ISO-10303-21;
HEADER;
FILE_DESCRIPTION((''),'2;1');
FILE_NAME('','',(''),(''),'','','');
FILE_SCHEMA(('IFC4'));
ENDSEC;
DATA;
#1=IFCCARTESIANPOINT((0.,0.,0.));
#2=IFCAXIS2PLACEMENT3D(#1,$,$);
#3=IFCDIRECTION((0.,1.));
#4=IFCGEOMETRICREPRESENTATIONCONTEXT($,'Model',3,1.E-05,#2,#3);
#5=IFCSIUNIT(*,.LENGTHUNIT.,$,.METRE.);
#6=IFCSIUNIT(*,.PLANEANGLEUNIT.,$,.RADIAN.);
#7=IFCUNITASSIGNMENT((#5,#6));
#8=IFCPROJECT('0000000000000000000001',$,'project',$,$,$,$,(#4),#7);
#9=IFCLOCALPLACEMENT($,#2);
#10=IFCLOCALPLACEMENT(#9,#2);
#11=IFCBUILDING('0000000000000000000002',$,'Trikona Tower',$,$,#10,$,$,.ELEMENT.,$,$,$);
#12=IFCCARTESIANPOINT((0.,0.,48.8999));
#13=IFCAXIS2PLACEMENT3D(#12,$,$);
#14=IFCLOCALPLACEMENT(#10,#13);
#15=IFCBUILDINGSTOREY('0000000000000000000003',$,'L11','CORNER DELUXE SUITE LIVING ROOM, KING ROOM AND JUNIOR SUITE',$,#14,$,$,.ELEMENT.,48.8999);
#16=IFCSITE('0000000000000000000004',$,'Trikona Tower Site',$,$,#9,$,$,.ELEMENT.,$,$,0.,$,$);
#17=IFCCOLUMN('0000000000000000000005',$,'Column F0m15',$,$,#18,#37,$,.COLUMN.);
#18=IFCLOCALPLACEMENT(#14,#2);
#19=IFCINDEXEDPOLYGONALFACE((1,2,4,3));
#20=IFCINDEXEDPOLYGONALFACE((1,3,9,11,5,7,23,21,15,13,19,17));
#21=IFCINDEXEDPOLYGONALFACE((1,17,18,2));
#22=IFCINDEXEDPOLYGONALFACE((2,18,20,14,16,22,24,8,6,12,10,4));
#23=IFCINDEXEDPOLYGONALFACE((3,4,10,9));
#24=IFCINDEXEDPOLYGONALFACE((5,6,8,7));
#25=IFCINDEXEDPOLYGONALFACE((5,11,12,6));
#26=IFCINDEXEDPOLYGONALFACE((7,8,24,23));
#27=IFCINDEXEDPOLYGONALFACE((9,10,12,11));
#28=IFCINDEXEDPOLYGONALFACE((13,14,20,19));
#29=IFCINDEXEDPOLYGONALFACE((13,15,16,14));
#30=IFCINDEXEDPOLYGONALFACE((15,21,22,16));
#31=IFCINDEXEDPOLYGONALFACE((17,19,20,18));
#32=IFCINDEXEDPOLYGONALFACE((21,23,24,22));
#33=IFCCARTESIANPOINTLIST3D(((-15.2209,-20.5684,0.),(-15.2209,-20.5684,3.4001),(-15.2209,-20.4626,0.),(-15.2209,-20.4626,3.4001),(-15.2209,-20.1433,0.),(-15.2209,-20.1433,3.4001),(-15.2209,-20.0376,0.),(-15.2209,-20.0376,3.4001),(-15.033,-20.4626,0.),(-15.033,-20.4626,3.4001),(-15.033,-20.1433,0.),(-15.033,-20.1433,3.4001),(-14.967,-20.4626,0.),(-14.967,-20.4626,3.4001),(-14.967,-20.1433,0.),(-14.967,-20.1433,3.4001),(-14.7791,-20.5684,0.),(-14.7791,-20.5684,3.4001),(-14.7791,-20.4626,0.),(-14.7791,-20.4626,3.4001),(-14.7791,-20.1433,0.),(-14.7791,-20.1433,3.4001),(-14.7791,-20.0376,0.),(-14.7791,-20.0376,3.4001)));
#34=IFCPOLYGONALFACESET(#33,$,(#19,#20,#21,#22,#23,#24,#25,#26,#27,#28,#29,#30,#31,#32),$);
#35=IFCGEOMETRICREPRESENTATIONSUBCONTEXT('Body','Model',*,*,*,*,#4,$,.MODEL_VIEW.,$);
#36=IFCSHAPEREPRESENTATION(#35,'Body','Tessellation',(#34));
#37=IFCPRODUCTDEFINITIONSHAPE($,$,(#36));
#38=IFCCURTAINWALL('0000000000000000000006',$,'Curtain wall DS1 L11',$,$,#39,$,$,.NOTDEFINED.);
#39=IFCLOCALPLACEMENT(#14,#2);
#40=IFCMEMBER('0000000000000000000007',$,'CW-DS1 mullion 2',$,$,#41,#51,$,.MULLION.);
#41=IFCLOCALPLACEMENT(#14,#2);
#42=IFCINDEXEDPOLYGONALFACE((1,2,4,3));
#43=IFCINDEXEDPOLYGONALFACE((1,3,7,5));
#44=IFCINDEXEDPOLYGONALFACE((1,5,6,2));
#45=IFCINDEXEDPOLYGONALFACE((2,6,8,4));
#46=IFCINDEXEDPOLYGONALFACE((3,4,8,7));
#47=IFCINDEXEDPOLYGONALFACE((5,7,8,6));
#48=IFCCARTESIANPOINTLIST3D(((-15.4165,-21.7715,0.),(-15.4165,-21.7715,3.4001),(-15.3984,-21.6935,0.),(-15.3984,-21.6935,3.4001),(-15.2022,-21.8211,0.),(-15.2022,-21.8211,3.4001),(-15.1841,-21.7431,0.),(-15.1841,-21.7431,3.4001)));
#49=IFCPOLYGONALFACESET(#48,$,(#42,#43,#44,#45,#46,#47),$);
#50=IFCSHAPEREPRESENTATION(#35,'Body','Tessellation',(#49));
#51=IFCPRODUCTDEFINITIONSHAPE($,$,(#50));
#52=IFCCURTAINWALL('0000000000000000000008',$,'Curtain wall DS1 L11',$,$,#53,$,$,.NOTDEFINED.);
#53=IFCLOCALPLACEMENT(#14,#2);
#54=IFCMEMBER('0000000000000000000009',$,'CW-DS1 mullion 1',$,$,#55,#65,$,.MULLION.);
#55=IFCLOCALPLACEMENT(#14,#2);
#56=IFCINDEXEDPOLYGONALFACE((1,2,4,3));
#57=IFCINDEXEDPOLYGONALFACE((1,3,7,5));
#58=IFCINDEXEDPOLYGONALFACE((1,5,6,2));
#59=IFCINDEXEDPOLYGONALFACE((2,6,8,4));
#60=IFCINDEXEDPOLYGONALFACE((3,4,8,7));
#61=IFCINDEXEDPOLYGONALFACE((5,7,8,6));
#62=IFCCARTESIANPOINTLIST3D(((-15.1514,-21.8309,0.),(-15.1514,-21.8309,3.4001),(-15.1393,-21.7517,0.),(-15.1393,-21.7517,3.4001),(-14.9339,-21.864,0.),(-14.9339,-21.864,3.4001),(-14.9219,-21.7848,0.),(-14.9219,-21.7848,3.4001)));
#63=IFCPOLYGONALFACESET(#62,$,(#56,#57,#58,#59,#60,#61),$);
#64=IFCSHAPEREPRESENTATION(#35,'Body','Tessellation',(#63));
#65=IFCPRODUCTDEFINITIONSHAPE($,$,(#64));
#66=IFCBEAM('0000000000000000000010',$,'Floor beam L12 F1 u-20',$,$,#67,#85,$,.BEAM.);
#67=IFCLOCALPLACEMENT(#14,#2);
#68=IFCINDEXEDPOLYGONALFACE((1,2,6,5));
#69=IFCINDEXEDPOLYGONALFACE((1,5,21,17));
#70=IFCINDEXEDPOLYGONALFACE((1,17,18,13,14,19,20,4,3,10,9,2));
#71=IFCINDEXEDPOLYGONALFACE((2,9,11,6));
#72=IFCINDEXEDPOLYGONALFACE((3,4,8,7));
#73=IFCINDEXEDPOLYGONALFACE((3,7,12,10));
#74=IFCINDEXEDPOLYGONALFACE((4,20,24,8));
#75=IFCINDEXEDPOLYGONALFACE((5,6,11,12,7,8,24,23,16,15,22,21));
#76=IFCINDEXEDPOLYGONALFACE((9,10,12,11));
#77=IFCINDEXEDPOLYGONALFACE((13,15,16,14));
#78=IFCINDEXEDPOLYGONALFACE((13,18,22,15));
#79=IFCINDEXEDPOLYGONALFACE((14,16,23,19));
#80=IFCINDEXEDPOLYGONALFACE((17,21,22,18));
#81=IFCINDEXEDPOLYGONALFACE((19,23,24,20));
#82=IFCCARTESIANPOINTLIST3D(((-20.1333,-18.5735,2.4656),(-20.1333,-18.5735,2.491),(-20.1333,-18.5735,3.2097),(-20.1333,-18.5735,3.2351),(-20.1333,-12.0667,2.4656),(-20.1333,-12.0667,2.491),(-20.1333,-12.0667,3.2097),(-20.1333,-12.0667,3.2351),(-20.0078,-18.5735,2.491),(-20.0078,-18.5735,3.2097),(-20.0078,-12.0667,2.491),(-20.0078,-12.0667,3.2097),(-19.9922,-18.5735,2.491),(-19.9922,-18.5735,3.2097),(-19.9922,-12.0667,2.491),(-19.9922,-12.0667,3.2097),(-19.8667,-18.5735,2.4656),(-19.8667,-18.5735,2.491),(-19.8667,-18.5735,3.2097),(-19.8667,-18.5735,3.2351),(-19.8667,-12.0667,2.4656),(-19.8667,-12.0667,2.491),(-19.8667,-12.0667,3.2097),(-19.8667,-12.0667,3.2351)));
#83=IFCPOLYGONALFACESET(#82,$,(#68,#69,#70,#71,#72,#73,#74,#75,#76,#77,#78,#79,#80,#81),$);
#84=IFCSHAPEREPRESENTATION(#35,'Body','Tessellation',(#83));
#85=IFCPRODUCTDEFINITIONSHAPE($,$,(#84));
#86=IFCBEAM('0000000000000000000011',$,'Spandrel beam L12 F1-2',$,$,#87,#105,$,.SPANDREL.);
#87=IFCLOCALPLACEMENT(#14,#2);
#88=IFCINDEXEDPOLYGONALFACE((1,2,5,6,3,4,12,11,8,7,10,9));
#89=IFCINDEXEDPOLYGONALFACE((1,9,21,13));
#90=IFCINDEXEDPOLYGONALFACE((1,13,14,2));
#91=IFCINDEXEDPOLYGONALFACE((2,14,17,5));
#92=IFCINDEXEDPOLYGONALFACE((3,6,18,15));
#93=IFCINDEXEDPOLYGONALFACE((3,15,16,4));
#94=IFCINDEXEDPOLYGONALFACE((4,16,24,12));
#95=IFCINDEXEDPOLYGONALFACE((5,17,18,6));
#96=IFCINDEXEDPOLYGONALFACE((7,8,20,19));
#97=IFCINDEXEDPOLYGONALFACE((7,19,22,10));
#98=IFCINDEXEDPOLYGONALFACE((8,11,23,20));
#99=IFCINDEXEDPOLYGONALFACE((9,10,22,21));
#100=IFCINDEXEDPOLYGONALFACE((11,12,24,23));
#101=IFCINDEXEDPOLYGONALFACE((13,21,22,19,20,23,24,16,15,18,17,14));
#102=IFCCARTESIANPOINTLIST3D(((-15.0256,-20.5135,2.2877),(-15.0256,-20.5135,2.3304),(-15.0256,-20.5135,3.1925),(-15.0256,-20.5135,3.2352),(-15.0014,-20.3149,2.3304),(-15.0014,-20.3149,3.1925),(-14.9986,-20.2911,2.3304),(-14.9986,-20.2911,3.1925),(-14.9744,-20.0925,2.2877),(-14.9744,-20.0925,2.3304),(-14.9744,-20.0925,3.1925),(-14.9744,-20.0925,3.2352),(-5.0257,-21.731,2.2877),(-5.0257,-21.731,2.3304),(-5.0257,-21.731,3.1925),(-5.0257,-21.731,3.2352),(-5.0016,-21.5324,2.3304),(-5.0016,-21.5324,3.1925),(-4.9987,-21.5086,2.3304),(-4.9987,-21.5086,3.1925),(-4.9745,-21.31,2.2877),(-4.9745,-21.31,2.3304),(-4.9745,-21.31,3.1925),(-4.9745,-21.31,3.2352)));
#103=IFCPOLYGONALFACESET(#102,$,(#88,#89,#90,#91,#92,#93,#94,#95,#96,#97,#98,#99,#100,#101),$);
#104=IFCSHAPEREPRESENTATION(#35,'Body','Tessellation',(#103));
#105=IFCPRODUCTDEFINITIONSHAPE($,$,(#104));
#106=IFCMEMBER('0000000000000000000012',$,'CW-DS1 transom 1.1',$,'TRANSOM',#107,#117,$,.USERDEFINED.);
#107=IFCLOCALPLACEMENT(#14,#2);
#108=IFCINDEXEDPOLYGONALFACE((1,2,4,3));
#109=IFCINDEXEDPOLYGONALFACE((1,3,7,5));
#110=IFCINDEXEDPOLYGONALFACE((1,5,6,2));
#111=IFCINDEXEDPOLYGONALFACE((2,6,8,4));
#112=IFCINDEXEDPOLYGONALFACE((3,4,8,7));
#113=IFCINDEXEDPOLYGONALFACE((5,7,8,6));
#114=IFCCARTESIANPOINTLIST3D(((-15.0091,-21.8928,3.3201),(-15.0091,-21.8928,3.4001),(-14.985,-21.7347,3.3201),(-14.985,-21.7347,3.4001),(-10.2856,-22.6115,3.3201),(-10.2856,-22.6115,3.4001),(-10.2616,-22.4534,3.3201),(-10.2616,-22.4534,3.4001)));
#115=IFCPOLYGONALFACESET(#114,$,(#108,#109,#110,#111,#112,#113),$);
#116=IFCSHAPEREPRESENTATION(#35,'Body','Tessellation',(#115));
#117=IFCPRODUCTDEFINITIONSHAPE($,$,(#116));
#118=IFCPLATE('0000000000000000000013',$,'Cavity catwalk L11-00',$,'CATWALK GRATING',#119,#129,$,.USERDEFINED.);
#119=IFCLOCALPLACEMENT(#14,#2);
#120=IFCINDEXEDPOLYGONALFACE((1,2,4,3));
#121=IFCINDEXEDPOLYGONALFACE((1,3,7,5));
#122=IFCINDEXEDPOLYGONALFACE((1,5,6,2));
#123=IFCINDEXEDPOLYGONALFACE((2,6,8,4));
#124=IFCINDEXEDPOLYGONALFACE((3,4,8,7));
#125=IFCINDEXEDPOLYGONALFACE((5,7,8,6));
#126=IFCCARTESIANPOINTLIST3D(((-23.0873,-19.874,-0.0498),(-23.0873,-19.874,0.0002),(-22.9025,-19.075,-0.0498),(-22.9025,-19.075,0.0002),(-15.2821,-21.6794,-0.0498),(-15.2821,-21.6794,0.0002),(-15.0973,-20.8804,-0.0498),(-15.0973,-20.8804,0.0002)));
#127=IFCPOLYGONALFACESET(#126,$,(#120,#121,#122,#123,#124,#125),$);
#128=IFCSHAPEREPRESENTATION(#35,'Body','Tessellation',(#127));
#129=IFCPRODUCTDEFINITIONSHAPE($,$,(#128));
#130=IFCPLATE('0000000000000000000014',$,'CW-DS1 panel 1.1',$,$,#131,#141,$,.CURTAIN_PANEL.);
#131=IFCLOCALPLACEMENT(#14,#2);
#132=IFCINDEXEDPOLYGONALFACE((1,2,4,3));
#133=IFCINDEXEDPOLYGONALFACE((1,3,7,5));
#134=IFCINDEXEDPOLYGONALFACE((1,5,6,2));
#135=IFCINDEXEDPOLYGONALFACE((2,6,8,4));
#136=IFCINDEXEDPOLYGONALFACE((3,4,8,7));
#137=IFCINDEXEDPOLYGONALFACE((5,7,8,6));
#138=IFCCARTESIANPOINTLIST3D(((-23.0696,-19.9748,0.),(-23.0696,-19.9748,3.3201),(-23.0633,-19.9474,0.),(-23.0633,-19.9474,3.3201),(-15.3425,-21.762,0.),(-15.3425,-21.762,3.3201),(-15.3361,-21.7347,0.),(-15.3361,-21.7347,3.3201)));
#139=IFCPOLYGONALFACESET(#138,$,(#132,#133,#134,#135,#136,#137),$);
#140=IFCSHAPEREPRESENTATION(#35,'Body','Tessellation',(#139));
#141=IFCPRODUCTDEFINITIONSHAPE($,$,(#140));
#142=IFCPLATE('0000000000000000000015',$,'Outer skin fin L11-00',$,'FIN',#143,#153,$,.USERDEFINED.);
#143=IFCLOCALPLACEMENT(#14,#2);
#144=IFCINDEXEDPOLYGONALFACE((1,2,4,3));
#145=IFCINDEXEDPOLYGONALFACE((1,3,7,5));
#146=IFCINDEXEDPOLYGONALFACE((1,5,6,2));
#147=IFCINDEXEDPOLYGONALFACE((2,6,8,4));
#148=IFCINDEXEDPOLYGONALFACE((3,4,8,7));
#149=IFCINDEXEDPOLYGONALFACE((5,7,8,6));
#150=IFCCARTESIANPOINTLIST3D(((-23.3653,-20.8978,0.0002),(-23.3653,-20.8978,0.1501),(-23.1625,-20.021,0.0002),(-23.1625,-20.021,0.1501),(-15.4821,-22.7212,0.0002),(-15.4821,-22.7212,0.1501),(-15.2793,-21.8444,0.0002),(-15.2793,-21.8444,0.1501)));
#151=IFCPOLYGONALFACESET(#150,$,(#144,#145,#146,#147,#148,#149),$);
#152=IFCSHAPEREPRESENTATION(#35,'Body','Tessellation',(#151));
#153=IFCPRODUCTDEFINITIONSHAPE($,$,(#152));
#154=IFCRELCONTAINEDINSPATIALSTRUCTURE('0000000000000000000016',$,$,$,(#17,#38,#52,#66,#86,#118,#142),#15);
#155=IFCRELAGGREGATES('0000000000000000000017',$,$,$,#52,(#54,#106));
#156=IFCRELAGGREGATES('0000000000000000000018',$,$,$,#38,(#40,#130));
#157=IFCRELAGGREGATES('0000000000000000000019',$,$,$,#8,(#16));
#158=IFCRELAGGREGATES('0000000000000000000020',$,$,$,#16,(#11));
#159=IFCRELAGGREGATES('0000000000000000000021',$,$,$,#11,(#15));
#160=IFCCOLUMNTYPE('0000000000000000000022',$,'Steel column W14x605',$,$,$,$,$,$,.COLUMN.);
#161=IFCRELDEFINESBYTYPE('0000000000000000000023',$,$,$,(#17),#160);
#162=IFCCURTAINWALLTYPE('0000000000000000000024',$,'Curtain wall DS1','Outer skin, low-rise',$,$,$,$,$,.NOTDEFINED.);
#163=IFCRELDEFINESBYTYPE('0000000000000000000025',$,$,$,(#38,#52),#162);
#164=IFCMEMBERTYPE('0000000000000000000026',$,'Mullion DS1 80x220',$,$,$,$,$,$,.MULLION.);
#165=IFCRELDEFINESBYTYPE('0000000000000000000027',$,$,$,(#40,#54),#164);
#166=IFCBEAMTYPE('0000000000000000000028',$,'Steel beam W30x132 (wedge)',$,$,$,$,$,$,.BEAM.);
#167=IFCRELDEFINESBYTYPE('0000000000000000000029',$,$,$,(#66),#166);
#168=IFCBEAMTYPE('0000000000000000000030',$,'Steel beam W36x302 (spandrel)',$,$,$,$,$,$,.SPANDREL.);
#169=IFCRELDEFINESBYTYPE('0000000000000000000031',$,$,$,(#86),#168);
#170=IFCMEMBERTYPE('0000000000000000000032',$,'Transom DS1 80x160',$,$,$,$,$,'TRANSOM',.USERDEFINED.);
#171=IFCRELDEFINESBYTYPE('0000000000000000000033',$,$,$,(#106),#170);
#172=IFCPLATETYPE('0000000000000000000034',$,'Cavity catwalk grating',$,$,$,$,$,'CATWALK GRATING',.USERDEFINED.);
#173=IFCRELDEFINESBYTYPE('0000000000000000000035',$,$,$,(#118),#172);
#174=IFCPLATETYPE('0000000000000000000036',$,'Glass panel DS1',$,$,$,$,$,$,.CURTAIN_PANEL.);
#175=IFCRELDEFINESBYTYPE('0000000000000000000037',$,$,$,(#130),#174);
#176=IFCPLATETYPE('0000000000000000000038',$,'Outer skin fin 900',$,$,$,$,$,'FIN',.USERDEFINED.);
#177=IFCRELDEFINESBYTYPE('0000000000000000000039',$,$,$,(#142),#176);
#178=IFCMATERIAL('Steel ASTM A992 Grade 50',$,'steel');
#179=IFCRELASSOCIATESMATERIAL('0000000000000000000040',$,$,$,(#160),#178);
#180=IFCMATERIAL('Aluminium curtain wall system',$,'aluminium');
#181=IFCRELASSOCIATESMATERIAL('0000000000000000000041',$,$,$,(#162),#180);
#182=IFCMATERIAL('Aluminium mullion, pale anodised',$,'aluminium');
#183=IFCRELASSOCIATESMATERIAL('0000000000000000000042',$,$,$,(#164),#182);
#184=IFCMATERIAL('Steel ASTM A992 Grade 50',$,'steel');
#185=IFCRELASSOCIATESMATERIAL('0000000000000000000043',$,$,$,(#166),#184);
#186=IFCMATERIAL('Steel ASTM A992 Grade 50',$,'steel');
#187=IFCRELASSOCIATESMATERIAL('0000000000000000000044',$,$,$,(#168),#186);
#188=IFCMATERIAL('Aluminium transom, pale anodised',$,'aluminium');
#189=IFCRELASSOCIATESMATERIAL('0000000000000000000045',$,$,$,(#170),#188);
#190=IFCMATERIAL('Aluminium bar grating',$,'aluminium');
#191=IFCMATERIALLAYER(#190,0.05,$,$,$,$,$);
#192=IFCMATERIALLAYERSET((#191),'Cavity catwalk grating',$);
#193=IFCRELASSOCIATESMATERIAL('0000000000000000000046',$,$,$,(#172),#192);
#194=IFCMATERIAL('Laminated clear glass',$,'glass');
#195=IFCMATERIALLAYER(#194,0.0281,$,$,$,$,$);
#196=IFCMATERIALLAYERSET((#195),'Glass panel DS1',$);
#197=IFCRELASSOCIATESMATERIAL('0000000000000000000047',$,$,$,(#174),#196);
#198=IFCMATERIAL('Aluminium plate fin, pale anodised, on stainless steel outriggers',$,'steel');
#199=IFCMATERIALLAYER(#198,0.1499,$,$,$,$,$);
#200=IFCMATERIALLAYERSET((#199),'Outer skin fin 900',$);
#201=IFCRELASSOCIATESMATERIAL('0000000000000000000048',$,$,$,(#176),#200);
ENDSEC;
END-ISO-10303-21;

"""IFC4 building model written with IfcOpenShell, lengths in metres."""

from ifc_helpers import new_model, si_unit, direction, frame, origin, origin_2d, place, context, subcontext, project, spatial, rectangle, i_section, extrude, material, layer, layer_set, material_profile, profile_set, type_object, element, aggregate, save


model = new_model("IFC4")

# Units and contexts
model_context = context("Model", 3, precision=1e-05, world=origin(), true_north=direction((0.0, 1.0)))
body_context = subcontext(model_context, "Body", "Model", "MODEL_VIEW")
ifc_project = project(units=[si_unit("LENGTHUNIT", "METRE"), si_unit("PLANEANGLEUNIT", "RADIAN")], contexts=[model_context])

# Site, building, storey
site_placement = place(None, origin())
site = spatial("IfcSite", under=ifc_project, at=site_placement, Name="Trikona Tower Site", CompositionType="ELEMENT", RefElevation=0.0)
building_placement = place(site_placement, origin())
building = spatial("IfcBuilding", under=site, at=building_placement, Name="Trikona Tower", CompositionType="ELEMENT")
storey_placement = place(building_placement, frame((0.0, 0.0, 48.8999)))
storey = spatial("IfcBuildingStorey", under=building, at=storey_placement, Name="L11", Description="CORNER DELUXE SUITE LIVING ROOM, KING ROOM AND JUNIOR SUITE", CompositionType="ELEMENT", Elevation=48.8999)

# Column
ifc_material_1 = material(Name="Steel ASTM A992 Grade 50", Category="steel")
ifc_material_profile_1 = material_profile(ifc_material_1, i_section(OverallWidth=0.4419, OverallDepth=0.5308, WebThickness=0.0659, FlangeThickness=0.1057, at=origin_2d()), Name="W14X605")
ifc_profile_set_1 = profile_set([ifc_material_profile_1], Name="Steel ASTM A992 Grade 50")
column_type = type_object("IfcColumnType", Name="Steel column W14x605", PredefinedType="COLUMN", material=ifc_profile_set_1)
column_placement = place(storey_placement, frame((-15.0, -20.303, 0.0), z_axis=(0.0, 0.0, 1.0), x_axis=(1.0, 0.0, 0.0)))
element("IfcColumn", 1, at=column_placement, inside=storey, type_object=column_type, Name="Column F0m15", PredefinedType="COLUMN", context=body_context, shape_type="SweptSolid", body=[
    extrude(i_section(OverallWidth=0.4419, OverallDepth=0.5308, WebThickness=0.0659, FlangeThickness=0.1057, at=origin_2d()), origin(), (0.0, 0.0, 1.0), 3.4001),
])

# Curtain walls, members
ifc_material_2 = material(Name="Aluminium curtain wall system", Category="aluminium")
curtain_wall_type = type_object("IfcCurtainWallType", Name="Curtain wall DS1", Description="Outer skin, low-rise", PredefinedType="NOTDEFINED", material=ifc_material_2)
curtain_wall_1_placement = place(storey_placement, origin())
curtain_wall_1 = element("IfcCurtainWall", 2, at=curtain_wall_1_placement, inside=storey, type_object=curtain_wall_type, Name="Curtain wall DS1 L11", PredefinedType="NOTDEFINED")
ifc_material_3 = material(Name="Aluminium mullion, pale anodised", Category="aluminium")
ifc_material_profile_2 = material_profile(ifc_material_3, rectangle(XDim=0.0801, YDim=0.22, at=origin_2d()), Name="MUL-DS1")
ifc_profile_set_2 = profile_set([ifc_material_profile_2], Name="Aluminium mullion, pale anodised")
member_type_1 = type_object("IfcMemberType", Name="Mullion DS1 80x220", PredefinedType="MULLION", material=ifc_profile_set_2)
member_1_placement = place(storey_placement, frame((-15.3003, -21.7573, 0.0), z_axis=(0.0, 0.0, 1.0), x_axis=(0.225343, 0.974279, 0.0)))
member_1 = element("IfcMember", 3, at=member_1_placement, type_object=member_type_1, Name="CW-DS1 mullion 2", PredefinedType="MULLION", context=body_context, shape_type="SweptSolid", body=[
    extrude(rectangle(XDim=0.0801, YDim=0.22, at=origin_2d()), origin(), (0.0, 0.0, 1.0), 3.4001),
])
curtain_wall_2_placement = place(storey_placement, origin())
curtain_wall_2 = element("IfcCurtainWall", 4, at=curtain_wall_2_placement, inside=storey, type_object=curtain_wall_type, Name="Curtain wall DS1 L11", PredefinedType="NOTDEFINED")
member_2_placement = place(storey_placement, frame((-15.0366, -21.8079, 0.0), z_axis=(0.0, 0.0, 1.0), x_axis=(0.150438, 0.988619, 0.0)))
member_2 = element("IfcMember", 5, at=member_2_placement, type_object=member_type_1, Name="CW-DS1 mullion 1", PredefinedType="MULLION", context=body_context, shape_type="SweptSolid", body=[
    extrude(rectangle(XDim=0.0801, YDim=0.22, at=origin_2d()), origin(), (0.0, 0.0, 1.0), 3.4001),
])

# Beams
ifc_material_4 = material(Name="Steel ASTM A992 Grade 50", Category="steel")
ifc_material_profile_3 = material_profile(ifc_material_4, i_section(OverallWidth=0.2666, OverallDepth=0.7695, WebThickness=0.0156, FlangeThickness=0.0254, at=origin_2d()), Name="W30X132")
ifc_profile_set_3 = profile_set([ifc_material_profile_3], Name="Steel ASTM A992 Grade 50")
beam_type_1 = type_object("IfcBeamType", Name="Steel beam W30x132 (wedge)", PredefinedType="BEAM", material=ifc_profile_set_3)
beam_1_placement = place(storey_placement, frame((-20.0, -12.0667, 2.8503), z_axis=(0.0, -1.0, 0.0), x_axis=(1.0, 0.0, 0.0)))
element("IfcBeam", 6, at=beam_1_placement, inside=storey, type_object=beam_type_1, Name="Floor beam L12 F1 u-20", PredefinedType="BEAM", context=body_context, shape_type="SweptSolid", body=[
    extrude(i_section(OverallWidth=0.2666, OverallDepth=0.7695, WebThickness=0.0156, FlangeThickness=0.0254, at=origin_2d()), origin(), (0.0, 0.0, 1.0), 6.5068),
])
ifc_material_5 = material(Name="Steel ASTM A992 Grade 50", Category="steel")
ifc_material_profile_4 = material_profile(ifc_material_5, i_section(OverallWidth=0.4241, OverallDepth=0.9475, WebThickness=0.0239, FlangeThickness=0.0427, at=origin_2d()), Name="W36X302")
ifc_profile_set_4 = profile_set([ifc_material_profile_4], Name="Steel ASTM A992 Grade 50")
beam_type_2 = type_object("IfcBeamType", Name="Steel beam W36x302 (spandrel)", PredefinedType="SPANDREL", material=ifc_profile_set_4)
beam_2_placement = place(storey_placement, frame((-15.0, -20.303, 2.7615), z_axis=(0.99267, -0.12086, 0.0), x_axis=(0.12086, 0.99267, 0.0)))
element("IfcBeam", 7, at=beam_2_placement, inside=storey, type_object=beam_type_2, Name="Spandrel beam L12 F1-2", PredefinedType="SPANDREL", context=body_context, shape_type="SweptSolid", body=[
    extrude(i_section(OverallWidth=0.4241, OverallDepth=0.9475, WebThickness=0.0239, FlangeThickness=0.0427, at=origin_2d()), origin(), (0.0, 0.0, 1.0), 10.0737),
])

# Member
ifc_material_6 = material(Name="Aluminium transom, pale anodised", Category="aluminium")
ifc_material_profile_5 = material_profile(ifc_material_6, rectangle(XDim=0.1599, YDim=0.0801, at=origin_2d()), Name="TRN-DS1")
ifc_profile_set_5 = profile_set([ifc_material_profile_5], Name="Aluminium transom, pale anodised")
member_type_2 = type_object("IfcMemberType", Name="Transom DS1 80x160", ElementType="TRANSOM", PredefinedType="USERDEFINED", material=ifc_profile_set_5)
member_3_placement = place(storey_placement, frame((-14.9971, -21.8137, 3.3601), z_axis=(0.98862, -0.150437, 0.0), x_axis=(0.150437, 0.98862, 0.0)))
member_3 = element("IfcMember", 8, at=member_3_placement, type_object=member_type_2, Name="CW-DS1 transom 1.1", ObjectType="TRANSOM", PredefinedType="USERDEFINED", context=body_context, shape_type="SweptSolid", body=[
    extrude(rectangle(XDim=0.1599, YDim=0.0801, at=origin_2d()), origin(), (0.0, 0.0, 1.0), 4.7778),
])
aggregate(curtain_wall_2, [member_2, member_3])

# Plates
ifc_material_7 = material(Name="Aluminium bar grating", Category="aluminium")
ifc_layer_1 = layer(ifc_material_7, 0.05)
ifc_layer_set_1 = layer_set([ifc_layer_1], Name="Cavity catwalk grating")
plate_type_1 = type_object("IfcPlateType", Name="Cavity catwalk grating", ElementType="CATWALK GRATING", PredefinedType="USERDEFINED", material=ifc_layer_set_1)
plate_1_placement = place(storey_placement, frame((-19.0923, -20.3772, -0.0498), z_axis=(0.0, 0.0, 1.0), x_axis=(0.974278, -0.225351, 0.0)))
element("IfcPlate", 9, at=plate_1_placement, inside=storey, type_object=plate_type_1, Name="Cavity catwalk L11-00", ObjectType="CATWALK GRATING", PredefinedType="USERDEFINED", context=body_context, shape_type="SweptSolid", body=[
    extrude(rectangle(XDim=8.0112, YDim=0.8201, at=origin_2d()), origin(), (0.0, 0.0, 1.0), 0.05),
])
ifc_material_8 = material(Name="Laminated clear glass", Category="glass")
ifc_layer_2 = layer(ifc_material_8, 0.0281)
ifc_layer_set_2 = layer_set([ifc_layer_2], Name="Glass panel DS1")
plate_type_2 = type_object("IfcPlateType", Name="Glass panel DS1", PredefinedType="CURTAIN_PANEL", material=ifc_layer_set_2)
plate_2_placement = place(storey_placement, frame((-19.2029, -20.8547, 0.0), z_axis=(0.0, 0.0, 1.0), x_axis=(0.974279, -0.225343, 0.0)))
plate_2 = element("IfcPlate", 10, at=plate_2_placement, type_object=plate_type_2, Name="CW-DS1 panel 1.1", PredefinedType="CURTAIN_PANEL", context=body_context, shape_type="SweptSolid", body=[
    extrude(rectangle(XDim=7.9312, YDim=0.0281, at=origin_2d()), origin(), (0.0, 0.0, 1.0), 3.3201),
])
aggregate(curtain_wall_1, [member_1, plate_2])
ifc_material_9 = material(Name="Aluminium plate fin, pale anodised, on stainless steel outriggers", Category="steel")
ifc_layer_3 = layer(ifc_material_9, 0.1499)
ifc_layer_set_3 = layer_set([ifc_layer_3], Name="Outer skin fin 900")
plate_type_3 = type_object("IfcPlateType", Name="Outer skin fin 900", ElementType="FIN", PredefinedType="USERDEFINED", material=ifc_layer_set_3)
plate_3_placement = place(storey_placement, frame((-19.3223, -21.3711, 0.0002), z_axis=(0.0, 0.0, 1.0), x_axis=(0.974278, -0.225351, 0.0)))
element("IfcPlate", 11, at=plate_3_placement, inside=storey, type_object=plate_type_3, Name="Outer skin fin L11-00", ObjectType="FIN", PredefinedType="USERDEFINED", context=body_context, shape_type="SweptSolid", body=[
    extrude(rectangle(XDim=8.0913, YDim=0.8999, at=origin_2d()), origin(), (0.0, 0.0, 1.0), 0.1499),
])

save(model, "model.ifc")
